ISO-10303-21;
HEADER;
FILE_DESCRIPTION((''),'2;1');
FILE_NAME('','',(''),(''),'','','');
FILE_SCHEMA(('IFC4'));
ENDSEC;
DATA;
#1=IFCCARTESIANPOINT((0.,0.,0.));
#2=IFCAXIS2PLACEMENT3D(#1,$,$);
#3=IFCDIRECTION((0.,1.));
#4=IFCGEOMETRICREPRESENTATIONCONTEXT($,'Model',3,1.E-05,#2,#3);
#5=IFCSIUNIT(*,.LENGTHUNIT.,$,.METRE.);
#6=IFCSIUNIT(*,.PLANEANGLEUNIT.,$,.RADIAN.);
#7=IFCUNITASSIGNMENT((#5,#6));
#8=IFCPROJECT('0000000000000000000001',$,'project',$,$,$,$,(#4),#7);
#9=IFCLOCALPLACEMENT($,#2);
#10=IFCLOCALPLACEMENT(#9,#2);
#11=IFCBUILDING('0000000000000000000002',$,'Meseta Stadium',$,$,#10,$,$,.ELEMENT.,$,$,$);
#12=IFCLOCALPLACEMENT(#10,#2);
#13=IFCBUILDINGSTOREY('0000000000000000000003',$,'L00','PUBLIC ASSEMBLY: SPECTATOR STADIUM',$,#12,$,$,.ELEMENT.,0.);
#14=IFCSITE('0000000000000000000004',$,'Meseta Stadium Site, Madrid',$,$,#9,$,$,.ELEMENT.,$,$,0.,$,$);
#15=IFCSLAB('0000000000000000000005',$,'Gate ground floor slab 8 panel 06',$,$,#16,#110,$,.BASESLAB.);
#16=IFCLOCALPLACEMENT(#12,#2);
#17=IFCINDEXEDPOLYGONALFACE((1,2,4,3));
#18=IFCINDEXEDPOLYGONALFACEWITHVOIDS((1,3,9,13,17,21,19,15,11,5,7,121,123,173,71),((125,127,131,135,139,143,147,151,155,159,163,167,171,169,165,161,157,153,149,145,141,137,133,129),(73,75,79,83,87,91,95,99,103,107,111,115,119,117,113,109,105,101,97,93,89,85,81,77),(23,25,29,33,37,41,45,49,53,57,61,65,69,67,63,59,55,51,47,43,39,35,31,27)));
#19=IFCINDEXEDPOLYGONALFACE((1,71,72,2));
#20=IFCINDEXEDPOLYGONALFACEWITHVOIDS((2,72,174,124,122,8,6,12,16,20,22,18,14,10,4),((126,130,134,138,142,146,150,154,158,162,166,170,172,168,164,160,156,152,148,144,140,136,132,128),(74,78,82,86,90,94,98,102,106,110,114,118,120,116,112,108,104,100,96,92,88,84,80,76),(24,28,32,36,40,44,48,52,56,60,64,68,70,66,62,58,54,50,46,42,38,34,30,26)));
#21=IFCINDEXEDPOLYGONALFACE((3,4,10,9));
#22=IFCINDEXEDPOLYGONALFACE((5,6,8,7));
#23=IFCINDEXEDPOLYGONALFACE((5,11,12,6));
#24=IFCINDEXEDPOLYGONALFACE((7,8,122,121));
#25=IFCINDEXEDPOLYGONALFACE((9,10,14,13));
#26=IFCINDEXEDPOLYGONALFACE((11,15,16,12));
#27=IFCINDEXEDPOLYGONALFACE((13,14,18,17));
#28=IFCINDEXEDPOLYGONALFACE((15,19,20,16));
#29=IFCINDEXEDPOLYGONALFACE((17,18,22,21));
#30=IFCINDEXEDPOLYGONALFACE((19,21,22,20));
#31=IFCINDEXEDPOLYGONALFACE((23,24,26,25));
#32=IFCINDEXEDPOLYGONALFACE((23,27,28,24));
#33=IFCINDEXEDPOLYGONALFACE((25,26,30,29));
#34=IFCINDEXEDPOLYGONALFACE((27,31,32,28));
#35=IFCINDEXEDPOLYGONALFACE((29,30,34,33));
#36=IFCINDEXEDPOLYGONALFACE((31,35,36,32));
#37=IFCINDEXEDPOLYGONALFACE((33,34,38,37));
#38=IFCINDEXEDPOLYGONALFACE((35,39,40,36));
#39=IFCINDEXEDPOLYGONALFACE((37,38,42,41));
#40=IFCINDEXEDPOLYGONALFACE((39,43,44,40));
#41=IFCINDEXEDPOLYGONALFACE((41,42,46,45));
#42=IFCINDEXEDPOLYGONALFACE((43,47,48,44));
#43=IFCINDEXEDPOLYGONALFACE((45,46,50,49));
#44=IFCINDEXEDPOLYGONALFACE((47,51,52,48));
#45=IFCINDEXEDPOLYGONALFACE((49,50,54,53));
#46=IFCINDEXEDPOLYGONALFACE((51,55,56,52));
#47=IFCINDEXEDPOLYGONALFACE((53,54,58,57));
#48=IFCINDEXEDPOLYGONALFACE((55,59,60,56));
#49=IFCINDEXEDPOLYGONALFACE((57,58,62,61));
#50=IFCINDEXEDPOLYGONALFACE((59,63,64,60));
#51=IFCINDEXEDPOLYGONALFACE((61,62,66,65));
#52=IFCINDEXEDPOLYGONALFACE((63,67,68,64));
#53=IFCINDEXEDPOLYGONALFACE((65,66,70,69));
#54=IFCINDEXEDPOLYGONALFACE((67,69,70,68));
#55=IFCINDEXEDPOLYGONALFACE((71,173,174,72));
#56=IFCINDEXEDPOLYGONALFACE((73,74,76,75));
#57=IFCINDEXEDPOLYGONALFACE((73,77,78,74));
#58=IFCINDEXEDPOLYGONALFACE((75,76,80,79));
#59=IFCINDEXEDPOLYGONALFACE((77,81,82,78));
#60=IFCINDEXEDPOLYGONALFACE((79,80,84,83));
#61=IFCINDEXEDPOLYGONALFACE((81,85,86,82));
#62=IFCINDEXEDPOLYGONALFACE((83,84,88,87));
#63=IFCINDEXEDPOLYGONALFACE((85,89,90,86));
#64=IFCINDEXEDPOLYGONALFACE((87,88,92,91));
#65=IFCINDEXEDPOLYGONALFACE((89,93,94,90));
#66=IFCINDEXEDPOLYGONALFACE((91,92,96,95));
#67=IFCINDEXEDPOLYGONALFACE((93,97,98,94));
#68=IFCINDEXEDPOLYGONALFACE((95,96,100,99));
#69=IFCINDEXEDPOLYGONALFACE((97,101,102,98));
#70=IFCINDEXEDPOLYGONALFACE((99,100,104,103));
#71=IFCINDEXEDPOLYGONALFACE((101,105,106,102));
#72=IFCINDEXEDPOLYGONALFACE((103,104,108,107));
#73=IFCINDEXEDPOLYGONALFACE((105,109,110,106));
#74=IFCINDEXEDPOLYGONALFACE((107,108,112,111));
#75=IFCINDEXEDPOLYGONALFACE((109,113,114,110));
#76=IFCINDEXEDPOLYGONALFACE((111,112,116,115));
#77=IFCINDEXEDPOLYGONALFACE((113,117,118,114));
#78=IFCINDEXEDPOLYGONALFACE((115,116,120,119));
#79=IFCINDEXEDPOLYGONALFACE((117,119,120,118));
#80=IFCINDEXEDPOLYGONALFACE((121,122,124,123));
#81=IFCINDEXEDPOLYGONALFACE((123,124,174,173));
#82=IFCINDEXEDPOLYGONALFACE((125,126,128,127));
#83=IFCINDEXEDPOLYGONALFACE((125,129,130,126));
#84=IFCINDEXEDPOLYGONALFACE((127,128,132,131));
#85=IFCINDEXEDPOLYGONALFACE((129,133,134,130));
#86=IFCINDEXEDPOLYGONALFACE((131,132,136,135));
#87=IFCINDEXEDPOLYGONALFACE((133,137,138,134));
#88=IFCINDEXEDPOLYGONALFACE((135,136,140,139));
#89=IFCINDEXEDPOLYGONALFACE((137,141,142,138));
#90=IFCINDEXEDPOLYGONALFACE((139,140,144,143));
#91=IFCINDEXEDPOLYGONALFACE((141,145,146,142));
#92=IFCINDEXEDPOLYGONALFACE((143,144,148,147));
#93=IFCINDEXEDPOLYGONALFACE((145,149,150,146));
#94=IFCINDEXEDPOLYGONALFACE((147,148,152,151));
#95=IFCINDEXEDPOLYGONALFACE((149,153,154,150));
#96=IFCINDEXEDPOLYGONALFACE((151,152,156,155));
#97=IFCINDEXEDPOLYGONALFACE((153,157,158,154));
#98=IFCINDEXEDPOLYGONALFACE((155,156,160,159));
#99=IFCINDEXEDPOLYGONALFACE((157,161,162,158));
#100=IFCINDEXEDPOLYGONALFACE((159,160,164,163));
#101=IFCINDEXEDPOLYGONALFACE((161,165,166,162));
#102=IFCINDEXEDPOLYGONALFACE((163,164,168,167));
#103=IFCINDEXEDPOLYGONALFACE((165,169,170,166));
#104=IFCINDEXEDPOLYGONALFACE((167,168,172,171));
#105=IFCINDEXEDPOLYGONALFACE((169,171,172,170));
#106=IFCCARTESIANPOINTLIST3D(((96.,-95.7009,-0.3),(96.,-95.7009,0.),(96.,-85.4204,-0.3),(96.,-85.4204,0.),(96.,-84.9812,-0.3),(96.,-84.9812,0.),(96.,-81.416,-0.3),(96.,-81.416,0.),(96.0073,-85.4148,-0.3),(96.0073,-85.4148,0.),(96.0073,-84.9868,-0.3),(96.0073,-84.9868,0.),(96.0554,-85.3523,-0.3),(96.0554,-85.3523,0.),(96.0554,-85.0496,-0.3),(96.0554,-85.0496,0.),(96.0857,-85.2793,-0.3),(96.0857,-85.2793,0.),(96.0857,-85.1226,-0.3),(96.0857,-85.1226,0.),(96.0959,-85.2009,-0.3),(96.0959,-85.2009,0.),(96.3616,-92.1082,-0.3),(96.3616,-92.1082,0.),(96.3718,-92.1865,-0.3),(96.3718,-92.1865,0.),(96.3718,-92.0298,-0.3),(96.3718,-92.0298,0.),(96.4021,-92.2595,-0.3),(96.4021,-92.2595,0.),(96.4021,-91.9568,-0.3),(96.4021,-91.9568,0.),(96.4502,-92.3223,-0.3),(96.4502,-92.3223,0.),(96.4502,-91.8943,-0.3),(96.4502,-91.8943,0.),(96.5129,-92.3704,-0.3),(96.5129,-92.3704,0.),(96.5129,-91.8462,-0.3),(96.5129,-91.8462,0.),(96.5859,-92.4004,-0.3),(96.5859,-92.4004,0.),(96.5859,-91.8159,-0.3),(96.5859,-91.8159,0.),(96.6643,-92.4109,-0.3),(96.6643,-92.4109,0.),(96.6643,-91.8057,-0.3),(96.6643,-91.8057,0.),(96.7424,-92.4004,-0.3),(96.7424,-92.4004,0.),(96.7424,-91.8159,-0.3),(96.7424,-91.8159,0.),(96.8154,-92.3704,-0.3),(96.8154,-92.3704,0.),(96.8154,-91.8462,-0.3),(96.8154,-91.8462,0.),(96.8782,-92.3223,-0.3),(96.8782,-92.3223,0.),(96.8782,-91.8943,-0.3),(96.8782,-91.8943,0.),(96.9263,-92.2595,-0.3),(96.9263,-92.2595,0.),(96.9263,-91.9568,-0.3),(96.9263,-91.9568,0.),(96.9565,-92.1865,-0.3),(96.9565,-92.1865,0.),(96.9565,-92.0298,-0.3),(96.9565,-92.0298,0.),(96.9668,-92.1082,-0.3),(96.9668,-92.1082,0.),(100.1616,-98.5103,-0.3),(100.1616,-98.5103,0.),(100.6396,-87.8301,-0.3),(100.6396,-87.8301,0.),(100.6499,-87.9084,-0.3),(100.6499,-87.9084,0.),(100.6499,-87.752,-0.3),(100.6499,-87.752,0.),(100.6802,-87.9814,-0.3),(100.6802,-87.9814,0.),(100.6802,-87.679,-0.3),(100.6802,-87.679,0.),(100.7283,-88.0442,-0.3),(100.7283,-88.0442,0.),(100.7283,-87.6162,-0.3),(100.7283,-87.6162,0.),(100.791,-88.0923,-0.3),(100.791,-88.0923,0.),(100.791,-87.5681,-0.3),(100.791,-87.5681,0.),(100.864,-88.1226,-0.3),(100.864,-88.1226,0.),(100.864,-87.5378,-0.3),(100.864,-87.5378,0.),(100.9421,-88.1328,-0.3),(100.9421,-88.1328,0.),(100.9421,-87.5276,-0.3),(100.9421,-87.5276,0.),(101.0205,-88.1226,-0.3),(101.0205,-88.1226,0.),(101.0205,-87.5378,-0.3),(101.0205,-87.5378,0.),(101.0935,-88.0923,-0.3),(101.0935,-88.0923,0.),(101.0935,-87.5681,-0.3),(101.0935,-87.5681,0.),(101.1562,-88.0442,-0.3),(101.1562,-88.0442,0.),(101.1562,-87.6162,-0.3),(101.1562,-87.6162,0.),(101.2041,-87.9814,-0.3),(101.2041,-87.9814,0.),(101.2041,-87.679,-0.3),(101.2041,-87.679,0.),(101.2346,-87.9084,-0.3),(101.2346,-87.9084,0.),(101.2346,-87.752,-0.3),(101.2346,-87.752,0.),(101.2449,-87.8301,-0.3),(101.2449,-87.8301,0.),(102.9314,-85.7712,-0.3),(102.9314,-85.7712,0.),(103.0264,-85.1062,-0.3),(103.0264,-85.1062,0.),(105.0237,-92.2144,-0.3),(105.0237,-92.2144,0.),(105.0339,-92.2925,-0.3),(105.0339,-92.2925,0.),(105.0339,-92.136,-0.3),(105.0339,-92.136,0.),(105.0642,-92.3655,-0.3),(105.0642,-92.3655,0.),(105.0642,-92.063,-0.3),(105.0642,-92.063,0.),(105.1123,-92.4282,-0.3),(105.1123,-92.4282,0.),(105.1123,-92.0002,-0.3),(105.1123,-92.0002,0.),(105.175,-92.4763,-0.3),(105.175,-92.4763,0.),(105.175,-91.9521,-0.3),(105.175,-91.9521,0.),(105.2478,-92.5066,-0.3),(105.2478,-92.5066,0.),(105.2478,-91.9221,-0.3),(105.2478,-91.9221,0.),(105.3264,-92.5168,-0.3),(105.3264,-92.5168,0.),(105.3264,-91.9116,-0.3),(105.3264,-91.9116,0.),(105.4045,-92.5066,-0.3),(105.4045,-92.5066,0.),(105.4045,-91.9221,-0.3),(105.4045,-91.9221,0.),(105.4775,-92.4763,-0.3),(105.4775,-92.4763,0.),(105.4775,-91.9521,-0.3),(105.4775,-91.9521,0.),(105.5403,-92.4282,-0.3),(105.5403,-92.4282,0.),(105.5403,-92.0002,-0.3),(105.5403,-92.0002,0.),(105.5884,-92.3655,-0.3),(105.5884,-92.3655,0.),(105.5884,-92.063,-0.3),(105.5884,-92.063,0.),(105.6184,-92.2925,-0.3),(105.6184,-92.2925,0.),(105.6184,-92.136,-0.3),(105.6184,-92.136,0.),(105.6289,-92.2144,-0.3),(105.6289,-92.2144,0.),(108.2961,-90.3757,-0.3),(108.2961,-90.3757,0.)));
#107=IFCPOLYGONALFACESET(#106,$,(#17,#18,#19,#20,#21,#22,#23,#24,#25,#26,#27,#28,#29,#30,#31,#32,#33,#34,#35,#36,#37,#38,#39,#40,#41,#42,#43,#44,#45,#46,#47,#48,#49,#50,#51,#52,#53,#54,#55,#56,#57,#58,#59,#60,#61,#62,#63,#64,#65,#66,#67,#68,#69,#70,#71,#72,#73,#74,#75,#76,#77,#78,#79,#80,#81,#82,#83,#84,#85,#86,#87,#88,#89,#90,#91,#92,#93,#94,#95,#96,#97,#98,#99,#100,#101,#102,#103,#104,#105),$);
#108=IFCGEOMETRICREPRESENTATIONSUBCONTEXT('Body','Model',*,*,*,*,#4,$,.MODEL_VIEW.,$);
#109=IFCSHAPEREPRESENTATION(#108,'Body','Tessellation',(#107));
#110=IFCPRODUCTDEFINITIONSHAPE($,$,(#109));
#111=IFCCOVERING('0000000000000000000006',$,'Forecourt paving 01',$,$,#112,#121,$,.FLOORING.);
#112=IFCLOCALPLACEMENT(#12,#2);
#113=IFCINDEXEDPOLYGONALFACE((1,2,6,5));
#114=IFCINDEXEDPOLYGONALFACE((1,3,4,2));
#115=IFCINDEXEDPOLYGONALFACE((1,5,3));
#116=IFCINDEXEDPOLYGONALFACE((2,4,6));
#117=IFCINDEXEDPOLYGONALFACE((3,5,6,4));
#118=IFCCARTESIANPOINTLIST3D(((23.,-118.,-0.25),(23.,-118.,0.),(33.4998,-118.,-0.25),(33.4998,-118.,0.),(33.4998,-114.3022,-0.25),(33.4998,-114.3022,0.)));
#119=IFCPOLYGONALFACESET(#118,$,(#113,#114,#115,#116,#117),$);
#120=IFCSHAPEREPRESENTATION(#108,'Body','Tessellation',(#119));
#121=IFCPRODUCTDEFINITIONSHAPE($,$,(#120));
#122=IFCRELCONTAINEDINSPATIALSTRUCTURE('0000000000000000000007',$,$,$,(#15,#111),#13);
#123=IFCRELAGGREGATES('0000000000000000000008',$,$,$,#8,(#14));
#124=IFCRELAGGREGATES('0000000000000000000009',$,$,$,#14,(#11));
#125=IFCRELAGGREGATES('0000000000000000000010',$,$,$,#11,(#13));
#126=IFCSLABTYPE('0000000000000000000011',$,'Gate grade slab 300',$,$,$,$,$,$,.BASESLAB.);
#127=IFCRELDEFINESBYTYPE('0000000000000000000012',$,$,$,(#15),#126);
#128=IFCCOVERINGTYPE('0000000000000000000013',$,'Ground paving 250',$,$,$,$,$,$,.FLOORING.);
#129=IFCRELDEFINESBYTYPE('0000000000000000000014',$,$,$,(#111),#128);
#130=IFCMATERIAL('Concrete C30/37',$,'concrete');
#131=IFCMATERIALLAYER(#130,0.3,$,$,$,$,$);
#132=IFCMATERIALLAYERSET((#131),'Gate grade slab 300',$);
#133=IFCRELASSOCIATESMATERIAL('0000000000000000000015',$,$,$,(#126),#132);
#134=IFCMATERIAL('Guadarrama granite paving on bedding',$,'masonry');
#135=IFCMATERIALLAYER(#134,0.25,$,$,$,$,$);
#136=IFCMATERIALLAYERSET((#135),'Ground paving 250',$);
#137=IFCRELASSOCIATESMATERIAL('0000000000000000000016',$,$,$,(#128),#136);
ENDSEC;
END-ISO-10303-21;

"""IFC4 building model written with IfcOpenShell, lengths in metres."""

from ifc_helpers import new_model, si_unit, direction, frame, origin, place, context, subcontext, project, spatial, polyline, outline, extrude, material, layer, layer_set, type_object, element, save


model = new_model("IFC4")

# Units and contexts
model_context = context("Model", 3, precision=1e-05, world=origin(), true_north=direction((0.0, 1.0)))
body_context = subcontext(model_context, "Body", "Model", "MODEL_VIEW")
ifc_project = project(units=[si_unit("LENGTHUNIT", "METRE"), si_unit("PLANEANGLEUNIT", "RADIAN")], contexts=[model_context])

# Site, building, storey
site_placement = place(None, origin())
site = spatial("IfcSite", under=ifc_project, at=site_placement, Name="Meseta Stadium Site, Madrid", CompositionType="ELEMENT", RefElevation=0.0)
building_placement = place(site_placement, origin())
building = spatial("IfcBuilding", under=site, at=building_placement, Name="Meseta Stadium", CompositionType="ELEMENT")
storey_placement = place(building_placement, origin())
storey = spatial("IfcBuildingStorey", under=building, at=storey_placement, Name="L00", Description="PUBLIC ASSEMBLY: SPECTATOR STADIUM", CompositionType="ELEMENT", Elevation=0.0)

# Slab
ifc_material_1 = material(Name="Concrete C30/37", Category="concrete")
ifc_layer_1 = layer(ifc_material_1, 0.3)
ifc_layer_set_1 = layer_set([ifc_layer_1], Name="Gate grade slab 300")
slab_type_1 = type_object("IfcSlabType", Name="Gate grade slab 300", PredefinedType="BASESLAB", material=ifc_layer_set_1)
slab_1_placement = place(storey_placement, frame((0.0, 0.0, -0.3)))
element("IfcSlab", 1, at=slab_1_placement, inside=storey, type_object=slab_type_1, Name="Gate ground floor slab 8 panel 06", PredefinedType="BASESLAB", context=body_context, shape_type="SweptSolid", body=[
    extrude(outline(polyline([(96.0, -95.7009), (100.1616, -98.5103), (108.2961, -90.3757), (103.0264, -85.1062), (102.9314, -85.7712), (96.0, -81.416), (96.0, -84.9812), (96.0073, -84.9868), (96.0554, -85.0496), (96.0857, -85.1226), (96.0959, -85.2009), (96.0857, -85.2793), (96.0554, -85.3523), (96.0073, -85.4148), (96.0, -85.4204), (96.0, -95.7009)]), holes=[polyline([(105.6184, -92.2925), (105.5884, -92.3655), (105.5403, -92.4282), (105.4775, -92.4763), (105.4045, -92.5066), (105.3264, -92.5168), (105.2478, -92.5066), (105.175, -92.4763), (105.1123, -92.4282), (105.0642, -92.3655), (105.0339, -92.2925), (105.0237, -92.2144), (105.0339, -92.136), (105.0642, -92.063), (105.1123, -92.0002), (105.175, -91.9521), (105.2478, -91.9221), (105.3264, -91.9116), (105.4045, -91.9221), (105.4775, -91.9521), (105.5403, -92.0002), (105.5884, -92.063), (105.6184, -92.136), (105.6289, -92.2144), (105.6184, -92.2925)]), polyline([(96.9565, -92.1865), (96.9263, -92.2595), (96.8782, -92.3223), (96.8154, -92.3704), (96.7424, -92.4004), (96.6643, -92.4109), (96.5859, -92.4004), (96.5129, -92.3704), (96.4502, -92.3223), (96.4021, -92.2595), (96.3718, -92.1865), (96.3616, -92.1082), (96.3718, -92.0298), (96.4021, -91.9568), (96.4502, -91.8943), (96.5129, -91.8462), (96.5859, -91.8159), (96.6643, -91.8057), (96.7424, -91.8159), (96.8154, -91.8462), (96.8782, -91.8943), (96.9263, -91.9568), (96.9565, -92.0298), (96.9668, -92.1082), (96.9565, -92.1865)]), polyline([(101.2449, -87.8301), (101.2346, -87.9084), (101.2041, -87.9814), (101.1562, -88.0442), (101.0935, -88.0923), (101.0205, -88.1226), (100.9421, -88.1328), (100.864, -88.1226), (100.791, -88.0923), (100.7283, -88.0442), (100.6802, -87.9814), (100.6499, -87.9084), (100.6396, -87.8301), (100.6499, -87.752), (100.6802, -87.679), (100.7283, -87.6162), (100.791, -87.5681), (100.864, -87.5378), (100.9421, -87.5276), (101.0205, -87.5378), (101.0935, -87.5681), (101.1562, -87.6162), (101.2041, -87.679), (101.2346, -87.752), (101.2449, -87.8301)])]), origin(), (0.0, 0.0, 1.0), 0.3),
])

# Covering
ifc_material_2 = material(Name="Guadarrama granite paving on bedding", Category="masonry")
ifc_layer_2 = layer(ifc_material_2, 0.25)
ifc_layer_set_2 = layer_set([ifc_layer_2], Name="Ground paving 250")
covering_type = type_object("IfcCoveringType", Name="Ground paving 250", PredefinedType="FLOORING", material=ifc_layer_set_2)
covering_placement = place(storey_placement, frame((0.0, 0.0, -0.25)))
element("IfcCovering", 2, at=covering_placement, inside=storey, type_object=covering_type, Name="Forecourt paving 01", PredefinedType="FLOORING", context=body_context, shape_type="SweptSolid", body=[
    extrude(outline(polyline([(23.0, -118.0), (33.4998, -118.0), (33.4998, -114.3022), (23.0, -118.0)])), origin(), (0.0, 0.0, 1.0), 0.25),
])

save(model, "model.ifc")
